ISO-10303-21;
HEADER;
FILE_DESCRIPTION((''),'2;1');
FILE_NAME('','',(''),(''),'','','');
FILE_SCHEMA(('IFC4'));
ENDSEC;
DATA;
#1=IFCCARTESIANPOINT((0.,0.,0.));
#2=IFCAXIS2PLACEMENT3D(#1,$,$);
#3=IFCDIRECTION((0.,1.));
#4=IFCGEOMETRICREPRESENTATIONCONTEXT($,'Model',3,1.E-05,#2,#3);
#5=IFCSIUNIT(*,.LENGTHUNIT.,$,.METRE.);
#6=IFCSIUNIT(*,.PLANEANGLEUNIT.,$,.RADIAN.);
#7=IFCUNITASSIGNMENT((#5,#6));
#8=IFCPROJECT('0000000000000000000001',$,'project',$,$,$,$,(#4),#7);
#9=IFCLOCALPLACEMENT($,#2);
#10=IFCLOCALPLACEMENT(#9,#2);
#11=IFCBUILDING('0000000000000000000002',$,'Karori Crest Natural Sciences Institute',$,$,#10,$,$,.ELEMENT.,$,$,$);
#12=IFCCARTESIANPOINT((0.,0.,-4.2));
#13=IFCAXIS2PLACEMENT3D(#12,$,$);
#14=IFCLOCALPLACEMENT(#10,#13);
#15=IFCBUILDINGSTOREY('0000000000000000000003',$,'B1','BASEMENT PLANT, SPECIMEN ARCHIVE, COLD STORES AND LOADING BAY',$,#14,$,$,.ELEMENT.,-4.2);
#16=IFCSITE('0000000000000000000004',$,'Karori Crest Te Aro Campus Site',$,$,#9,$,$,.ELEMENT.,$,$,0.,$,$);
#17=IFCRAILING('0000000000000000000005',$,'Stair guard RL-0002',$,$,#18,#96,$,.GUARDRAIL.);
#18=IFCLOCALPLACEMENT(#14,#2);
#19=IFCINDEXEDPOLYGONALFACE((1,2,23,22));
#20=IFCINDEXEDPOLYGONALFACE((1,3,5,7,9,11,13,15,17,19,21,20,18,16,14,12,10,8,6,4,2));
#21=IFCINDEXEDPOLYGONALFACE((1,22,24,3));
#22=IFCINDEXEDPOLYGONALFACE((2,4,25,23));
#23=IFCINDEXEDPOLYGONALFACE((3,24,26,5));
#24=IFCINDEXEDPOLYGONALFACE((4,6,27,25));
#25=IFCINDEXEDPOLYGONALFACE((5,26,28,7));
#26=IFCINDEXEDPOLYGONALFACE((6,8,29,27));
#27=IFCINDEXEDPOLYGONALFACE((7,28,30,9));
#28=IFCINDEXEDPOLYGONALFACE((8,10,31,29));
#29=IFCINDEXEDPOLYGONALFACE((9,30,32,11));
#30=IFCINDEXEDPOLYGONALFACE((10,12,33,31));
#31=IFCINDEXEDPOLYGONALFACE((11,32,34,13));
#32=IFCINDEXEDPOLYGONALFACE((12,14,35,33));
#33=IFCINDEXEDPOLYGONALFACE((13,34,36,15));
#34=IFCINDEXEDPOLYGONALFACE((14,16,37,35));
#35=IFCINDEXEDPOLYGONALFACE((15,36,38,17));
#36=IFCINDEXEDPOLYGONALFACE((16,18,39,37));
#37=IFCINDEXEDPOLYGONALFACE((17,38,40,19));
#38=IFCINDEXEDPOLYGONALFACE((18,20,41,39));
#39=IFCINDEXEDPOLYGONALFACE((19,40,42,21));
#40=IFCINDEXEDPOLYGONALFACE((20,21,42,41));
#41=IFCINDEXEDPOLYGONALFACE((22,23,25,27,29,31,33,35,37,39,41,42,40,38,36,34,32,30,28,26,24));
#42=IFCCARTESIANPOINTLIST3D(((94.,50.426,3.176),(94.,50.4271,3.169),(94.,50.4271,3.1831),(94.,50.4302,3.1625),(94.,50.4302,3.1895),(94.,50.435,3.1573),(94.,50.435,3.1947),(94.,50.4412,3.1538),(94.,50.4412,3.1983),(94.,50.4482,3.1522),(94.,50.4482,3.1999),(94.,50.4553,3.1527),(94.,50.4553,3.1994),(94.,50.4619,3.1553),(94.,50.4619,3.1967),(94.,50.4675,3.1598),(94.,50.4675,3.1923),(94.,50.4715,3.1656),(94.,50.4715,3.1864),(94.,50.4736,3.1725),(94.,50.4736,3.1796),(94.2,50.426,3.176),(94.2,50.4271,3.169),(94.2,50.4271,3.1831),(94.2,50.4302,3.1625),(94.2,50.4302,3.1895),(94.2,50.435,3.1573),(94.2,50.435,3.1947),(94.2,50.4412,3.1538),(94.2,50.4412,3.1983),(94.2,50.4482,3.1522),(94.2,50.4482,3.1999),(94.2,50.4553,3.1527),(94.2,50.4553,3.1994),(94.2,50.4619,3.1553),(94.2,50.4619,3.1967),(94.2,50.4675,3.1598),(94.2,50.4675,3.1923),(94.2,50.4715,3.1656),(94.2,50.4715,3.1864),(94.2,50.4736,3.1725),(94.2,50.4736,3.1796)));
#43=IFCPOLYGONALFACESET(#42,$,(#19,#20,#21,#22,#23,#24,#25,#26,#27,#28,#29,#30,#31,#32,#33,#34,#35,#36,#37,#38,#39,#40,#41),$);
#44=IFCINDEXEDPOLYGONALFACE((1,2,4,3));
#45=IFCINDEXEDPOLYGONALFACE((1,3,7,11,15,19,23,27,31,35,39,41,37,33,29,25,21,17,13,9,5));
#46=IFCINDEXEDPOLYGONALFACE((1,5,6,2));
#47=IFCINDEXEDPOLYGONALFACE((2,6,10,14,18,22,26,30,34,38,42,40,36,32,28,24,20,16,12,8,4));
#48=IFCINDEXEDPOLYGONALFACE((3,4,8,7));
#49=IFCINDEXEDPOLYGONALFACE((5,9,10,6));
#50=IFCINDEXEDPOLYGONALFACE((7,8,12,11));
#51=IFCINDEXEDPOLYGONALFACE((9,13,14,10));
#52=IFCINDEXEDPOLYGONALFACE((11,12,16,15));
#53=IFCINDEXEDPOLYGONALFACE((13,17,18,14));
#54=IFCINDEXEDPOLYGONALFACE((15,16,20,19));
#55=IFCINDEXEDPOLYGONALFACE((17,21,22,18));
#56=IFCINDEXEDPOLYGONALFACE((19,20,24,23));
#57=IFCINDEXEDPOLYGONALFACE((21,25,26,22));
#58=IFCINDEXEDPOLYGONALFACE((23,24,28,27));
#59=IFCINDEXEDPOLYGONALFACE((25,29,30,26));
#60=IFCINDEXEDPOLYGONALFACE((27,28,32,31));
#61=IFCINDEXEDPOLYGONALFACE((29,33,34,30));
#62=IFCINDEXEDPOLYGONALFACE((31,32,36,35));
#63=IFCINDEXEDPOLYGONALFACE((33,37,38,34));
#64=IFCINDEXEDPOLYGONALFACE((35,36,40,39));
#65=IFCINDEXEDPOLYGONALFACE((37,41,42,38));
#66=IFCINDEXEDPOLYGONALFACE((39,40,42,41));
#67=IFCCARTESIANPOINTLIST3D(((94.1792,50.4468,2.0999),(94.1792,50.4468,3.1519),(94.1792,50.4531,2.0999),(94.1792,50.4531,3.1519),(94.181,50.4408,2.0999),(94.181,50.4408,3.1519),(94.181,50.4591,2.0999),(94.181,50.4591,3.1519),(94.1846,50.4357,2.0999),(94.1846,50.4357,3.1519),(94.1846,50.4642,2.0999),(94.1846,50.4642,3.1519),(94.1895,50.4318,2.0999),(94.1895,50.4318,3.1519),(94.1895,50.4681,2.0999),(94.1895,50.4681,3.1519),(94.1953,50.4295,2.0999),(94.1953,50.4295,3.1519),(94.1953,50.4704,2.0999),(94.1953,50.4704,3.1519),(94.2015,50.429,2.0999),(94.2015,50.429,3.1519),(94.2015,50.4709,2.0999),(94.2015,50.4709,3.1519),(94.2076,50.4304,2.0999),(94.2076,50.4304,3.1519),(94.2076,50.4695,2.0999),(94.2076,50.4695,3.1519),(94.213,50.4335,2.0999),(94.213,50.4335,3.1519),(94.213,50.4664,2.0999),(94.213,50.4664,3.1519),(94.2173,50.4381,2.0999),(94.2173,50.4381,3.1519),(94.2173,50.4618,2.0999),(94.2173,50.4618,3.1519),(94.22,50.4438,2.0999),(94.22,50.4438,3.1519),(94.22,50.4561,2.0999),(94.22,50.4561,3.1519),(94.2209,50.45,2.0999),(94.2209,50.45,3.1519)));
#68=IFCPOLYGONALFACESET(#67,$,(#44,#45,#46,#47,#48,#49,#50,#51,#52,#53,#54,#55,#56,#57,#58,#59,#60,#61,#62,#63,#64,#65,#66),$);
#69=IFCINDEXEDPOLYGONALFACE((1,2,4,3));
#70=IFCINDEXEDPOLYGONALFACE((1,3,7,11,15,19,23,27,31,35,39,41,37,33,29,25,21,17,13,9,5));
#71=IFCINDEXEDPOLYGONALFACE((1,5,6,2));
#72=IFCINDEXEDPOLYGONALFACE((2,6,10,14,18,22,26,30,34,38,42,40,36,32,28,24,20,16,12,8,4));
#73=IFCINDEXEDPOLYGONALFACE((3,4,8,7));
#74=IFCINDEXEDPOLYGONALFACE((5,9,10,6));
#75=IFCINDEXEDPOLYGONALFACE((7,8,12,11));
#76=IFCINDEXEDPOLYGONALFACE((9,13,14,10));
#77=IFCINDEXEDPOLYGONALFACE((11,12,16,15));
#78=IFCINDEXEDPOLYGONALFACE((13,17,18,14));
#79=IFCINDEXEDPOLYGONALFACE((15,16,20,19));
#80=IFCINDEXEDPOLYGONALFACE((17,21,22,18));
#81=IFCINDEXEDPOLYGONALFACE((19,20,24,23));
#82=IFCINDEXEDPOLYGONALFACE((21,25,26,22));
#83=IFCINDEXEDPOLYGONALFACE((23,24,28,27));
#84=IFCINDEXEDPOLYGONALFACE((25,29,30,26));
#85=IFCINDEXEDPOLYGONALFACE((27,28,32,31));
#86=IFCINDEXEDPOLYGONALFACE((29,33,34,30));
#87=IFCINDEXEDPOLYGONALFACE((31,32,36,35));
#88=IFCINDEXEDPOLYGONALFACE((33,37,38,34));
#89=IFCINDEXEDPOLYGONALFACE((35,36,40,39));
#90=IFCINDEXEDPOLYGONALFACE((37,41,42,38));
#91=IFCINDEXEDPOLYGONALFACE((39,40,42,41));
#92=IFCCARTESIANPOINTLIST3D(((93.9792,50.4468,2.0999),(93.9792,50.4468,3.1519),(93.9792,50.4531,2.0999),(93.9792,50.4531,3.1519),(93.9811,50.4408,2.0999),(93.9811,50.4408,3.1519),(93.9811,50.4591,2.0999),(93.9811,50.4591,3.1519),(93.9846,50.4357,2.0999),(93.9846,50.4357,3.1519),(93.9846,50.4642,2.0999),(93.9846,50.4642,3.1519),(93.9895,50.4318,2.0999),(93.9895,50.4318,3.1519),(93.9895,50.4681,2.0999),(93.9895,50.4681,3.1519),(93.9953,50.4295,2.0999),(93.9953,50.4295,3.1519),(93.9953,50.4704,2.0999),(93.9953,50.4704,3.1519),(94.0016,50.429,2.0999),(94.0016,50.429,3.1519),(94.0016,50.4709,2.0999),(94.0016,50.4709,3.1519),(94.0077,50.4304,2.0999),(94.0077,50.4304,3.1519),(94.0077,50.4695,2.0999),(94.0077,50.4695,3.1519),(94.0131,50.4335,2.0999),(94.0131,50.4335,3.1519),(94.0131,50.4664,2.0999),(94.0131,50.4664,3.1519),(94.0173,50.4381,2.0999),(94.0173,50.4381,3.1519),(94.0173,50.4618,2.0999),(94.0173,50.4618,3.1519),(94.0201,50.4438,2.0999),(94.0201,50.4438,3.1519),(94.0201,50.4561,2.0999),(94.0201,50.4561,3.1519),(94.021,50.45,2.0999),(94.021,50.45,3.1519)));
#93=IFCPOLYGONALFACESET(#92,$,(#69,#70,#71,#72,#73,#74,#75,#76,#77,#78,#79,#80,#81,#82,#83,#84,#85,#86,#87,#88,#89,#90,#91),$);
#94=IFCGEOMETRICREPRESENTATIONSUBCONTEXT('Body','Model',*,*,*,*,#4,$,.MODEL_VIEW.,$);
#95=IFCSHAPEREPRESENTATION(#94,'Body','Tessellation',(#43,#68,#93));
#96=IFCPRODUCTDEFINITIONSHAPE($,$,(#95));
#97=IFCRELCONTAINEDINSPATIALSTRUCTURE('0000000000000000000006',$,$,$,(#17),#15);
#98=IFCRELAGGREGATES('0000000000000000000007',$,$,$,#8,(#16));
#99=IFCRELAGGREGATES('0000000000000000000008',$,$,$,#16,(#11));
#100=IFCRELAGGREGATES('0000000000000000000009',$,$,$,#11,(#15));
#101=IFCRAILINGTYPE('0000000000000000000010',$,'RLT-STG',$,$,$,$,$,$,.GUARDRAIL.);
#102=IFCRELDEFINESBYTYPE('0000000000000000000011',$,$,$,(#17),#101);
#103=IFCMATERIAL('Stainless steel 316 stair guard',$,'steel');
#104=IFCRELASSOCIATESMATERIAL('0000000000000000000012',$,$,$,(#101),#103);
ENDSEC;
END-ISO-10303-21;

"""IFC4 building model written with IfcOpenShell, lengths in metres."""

from ifc_helpers import new_model, si_unit, direction, frame, origin, origin_2d, place, context, subcontext, project, spatial, circle, extrude, material, type_object, element, save


model = new_model("IFC4")

# Units and contexts
model_context = context("Model", 3, precision=1e-05, world=origin(), true_north=direction((0.0, 1.0)))
body_context = subcontext(model_context, "Body", "Model", "MODEL_VIEW")
ifc_project = project(units=[si_unit("LENGTHUNIT", "METRE"), si_unit("PLANEANGLEUNIT", "RADIAN")], contexts=[model_context])

# Site, building, storey
site_placement = place(None, origin())
site = spatial("IfcSite", under=ifc_project, at=site_placement, Name="Karori Crest Te Aro Campus Site", CompositionType="ELEMENT", RefElevation=0.0)
building_placement = place(site_placement, origin())
building = spatial("IfcBuilding", under=site, at=building_placement, Name="Karori Crest Natural Sciences Institute", CompositionType="ELEMENT")
storey_placement = place(building_placement, frame((0.0, 0.0, -4.2)))
storey = spatial("IfcBuildingStorey", under=building, at=storey_placement, Name="B1", Description="BASEMENT PLANT, SPECIMEN ARCHIVE, COLD STORES AND LOADING BAY", CompositionType="ELEMENT", Elevation=-4.2)

# Railing
ifc_material_1 = material(Name="Stainless steel 316 stair guard", Category="steel")
railing_type_1 = type_object("IfcRailingType", Name="RLT-STG", PredefinedType="GUARDRAIL", material=ifc_material_1)
railing_1_placement = place(storey_placement, frame((94.2, 50.45, 2.0999)))
element("IfcRailing", 1, at=railing_1_placement, inside=storey, type_object=railing_type_1, Name="Stair guard RL-0002", PredefinedType="GUARDRAIL", context=body_context, shape_type="SweptSolid", body=[
    extrude(circle(Radius=0.0239, at=origin_2d()), frame((0.0, 0.0, 1.0762), z_axis=(-1.0, 0.0, 0.0), x_axis=(0.0, -1.0, 0.0)), (0.0, 0.0, 1.0), 0.2),
    extrude(circle(Radius=0.021, at=origin_2d()), origin(), (0.0, 0.0, 1.0), 1.052),
    extrude(circle(Radius=0.021, at=origin_2d()), frame((-0.2, 0.0, 0.0)), (0.0, 0.0, 1.0), 1.052),
])

save(model, "model.ifc")
